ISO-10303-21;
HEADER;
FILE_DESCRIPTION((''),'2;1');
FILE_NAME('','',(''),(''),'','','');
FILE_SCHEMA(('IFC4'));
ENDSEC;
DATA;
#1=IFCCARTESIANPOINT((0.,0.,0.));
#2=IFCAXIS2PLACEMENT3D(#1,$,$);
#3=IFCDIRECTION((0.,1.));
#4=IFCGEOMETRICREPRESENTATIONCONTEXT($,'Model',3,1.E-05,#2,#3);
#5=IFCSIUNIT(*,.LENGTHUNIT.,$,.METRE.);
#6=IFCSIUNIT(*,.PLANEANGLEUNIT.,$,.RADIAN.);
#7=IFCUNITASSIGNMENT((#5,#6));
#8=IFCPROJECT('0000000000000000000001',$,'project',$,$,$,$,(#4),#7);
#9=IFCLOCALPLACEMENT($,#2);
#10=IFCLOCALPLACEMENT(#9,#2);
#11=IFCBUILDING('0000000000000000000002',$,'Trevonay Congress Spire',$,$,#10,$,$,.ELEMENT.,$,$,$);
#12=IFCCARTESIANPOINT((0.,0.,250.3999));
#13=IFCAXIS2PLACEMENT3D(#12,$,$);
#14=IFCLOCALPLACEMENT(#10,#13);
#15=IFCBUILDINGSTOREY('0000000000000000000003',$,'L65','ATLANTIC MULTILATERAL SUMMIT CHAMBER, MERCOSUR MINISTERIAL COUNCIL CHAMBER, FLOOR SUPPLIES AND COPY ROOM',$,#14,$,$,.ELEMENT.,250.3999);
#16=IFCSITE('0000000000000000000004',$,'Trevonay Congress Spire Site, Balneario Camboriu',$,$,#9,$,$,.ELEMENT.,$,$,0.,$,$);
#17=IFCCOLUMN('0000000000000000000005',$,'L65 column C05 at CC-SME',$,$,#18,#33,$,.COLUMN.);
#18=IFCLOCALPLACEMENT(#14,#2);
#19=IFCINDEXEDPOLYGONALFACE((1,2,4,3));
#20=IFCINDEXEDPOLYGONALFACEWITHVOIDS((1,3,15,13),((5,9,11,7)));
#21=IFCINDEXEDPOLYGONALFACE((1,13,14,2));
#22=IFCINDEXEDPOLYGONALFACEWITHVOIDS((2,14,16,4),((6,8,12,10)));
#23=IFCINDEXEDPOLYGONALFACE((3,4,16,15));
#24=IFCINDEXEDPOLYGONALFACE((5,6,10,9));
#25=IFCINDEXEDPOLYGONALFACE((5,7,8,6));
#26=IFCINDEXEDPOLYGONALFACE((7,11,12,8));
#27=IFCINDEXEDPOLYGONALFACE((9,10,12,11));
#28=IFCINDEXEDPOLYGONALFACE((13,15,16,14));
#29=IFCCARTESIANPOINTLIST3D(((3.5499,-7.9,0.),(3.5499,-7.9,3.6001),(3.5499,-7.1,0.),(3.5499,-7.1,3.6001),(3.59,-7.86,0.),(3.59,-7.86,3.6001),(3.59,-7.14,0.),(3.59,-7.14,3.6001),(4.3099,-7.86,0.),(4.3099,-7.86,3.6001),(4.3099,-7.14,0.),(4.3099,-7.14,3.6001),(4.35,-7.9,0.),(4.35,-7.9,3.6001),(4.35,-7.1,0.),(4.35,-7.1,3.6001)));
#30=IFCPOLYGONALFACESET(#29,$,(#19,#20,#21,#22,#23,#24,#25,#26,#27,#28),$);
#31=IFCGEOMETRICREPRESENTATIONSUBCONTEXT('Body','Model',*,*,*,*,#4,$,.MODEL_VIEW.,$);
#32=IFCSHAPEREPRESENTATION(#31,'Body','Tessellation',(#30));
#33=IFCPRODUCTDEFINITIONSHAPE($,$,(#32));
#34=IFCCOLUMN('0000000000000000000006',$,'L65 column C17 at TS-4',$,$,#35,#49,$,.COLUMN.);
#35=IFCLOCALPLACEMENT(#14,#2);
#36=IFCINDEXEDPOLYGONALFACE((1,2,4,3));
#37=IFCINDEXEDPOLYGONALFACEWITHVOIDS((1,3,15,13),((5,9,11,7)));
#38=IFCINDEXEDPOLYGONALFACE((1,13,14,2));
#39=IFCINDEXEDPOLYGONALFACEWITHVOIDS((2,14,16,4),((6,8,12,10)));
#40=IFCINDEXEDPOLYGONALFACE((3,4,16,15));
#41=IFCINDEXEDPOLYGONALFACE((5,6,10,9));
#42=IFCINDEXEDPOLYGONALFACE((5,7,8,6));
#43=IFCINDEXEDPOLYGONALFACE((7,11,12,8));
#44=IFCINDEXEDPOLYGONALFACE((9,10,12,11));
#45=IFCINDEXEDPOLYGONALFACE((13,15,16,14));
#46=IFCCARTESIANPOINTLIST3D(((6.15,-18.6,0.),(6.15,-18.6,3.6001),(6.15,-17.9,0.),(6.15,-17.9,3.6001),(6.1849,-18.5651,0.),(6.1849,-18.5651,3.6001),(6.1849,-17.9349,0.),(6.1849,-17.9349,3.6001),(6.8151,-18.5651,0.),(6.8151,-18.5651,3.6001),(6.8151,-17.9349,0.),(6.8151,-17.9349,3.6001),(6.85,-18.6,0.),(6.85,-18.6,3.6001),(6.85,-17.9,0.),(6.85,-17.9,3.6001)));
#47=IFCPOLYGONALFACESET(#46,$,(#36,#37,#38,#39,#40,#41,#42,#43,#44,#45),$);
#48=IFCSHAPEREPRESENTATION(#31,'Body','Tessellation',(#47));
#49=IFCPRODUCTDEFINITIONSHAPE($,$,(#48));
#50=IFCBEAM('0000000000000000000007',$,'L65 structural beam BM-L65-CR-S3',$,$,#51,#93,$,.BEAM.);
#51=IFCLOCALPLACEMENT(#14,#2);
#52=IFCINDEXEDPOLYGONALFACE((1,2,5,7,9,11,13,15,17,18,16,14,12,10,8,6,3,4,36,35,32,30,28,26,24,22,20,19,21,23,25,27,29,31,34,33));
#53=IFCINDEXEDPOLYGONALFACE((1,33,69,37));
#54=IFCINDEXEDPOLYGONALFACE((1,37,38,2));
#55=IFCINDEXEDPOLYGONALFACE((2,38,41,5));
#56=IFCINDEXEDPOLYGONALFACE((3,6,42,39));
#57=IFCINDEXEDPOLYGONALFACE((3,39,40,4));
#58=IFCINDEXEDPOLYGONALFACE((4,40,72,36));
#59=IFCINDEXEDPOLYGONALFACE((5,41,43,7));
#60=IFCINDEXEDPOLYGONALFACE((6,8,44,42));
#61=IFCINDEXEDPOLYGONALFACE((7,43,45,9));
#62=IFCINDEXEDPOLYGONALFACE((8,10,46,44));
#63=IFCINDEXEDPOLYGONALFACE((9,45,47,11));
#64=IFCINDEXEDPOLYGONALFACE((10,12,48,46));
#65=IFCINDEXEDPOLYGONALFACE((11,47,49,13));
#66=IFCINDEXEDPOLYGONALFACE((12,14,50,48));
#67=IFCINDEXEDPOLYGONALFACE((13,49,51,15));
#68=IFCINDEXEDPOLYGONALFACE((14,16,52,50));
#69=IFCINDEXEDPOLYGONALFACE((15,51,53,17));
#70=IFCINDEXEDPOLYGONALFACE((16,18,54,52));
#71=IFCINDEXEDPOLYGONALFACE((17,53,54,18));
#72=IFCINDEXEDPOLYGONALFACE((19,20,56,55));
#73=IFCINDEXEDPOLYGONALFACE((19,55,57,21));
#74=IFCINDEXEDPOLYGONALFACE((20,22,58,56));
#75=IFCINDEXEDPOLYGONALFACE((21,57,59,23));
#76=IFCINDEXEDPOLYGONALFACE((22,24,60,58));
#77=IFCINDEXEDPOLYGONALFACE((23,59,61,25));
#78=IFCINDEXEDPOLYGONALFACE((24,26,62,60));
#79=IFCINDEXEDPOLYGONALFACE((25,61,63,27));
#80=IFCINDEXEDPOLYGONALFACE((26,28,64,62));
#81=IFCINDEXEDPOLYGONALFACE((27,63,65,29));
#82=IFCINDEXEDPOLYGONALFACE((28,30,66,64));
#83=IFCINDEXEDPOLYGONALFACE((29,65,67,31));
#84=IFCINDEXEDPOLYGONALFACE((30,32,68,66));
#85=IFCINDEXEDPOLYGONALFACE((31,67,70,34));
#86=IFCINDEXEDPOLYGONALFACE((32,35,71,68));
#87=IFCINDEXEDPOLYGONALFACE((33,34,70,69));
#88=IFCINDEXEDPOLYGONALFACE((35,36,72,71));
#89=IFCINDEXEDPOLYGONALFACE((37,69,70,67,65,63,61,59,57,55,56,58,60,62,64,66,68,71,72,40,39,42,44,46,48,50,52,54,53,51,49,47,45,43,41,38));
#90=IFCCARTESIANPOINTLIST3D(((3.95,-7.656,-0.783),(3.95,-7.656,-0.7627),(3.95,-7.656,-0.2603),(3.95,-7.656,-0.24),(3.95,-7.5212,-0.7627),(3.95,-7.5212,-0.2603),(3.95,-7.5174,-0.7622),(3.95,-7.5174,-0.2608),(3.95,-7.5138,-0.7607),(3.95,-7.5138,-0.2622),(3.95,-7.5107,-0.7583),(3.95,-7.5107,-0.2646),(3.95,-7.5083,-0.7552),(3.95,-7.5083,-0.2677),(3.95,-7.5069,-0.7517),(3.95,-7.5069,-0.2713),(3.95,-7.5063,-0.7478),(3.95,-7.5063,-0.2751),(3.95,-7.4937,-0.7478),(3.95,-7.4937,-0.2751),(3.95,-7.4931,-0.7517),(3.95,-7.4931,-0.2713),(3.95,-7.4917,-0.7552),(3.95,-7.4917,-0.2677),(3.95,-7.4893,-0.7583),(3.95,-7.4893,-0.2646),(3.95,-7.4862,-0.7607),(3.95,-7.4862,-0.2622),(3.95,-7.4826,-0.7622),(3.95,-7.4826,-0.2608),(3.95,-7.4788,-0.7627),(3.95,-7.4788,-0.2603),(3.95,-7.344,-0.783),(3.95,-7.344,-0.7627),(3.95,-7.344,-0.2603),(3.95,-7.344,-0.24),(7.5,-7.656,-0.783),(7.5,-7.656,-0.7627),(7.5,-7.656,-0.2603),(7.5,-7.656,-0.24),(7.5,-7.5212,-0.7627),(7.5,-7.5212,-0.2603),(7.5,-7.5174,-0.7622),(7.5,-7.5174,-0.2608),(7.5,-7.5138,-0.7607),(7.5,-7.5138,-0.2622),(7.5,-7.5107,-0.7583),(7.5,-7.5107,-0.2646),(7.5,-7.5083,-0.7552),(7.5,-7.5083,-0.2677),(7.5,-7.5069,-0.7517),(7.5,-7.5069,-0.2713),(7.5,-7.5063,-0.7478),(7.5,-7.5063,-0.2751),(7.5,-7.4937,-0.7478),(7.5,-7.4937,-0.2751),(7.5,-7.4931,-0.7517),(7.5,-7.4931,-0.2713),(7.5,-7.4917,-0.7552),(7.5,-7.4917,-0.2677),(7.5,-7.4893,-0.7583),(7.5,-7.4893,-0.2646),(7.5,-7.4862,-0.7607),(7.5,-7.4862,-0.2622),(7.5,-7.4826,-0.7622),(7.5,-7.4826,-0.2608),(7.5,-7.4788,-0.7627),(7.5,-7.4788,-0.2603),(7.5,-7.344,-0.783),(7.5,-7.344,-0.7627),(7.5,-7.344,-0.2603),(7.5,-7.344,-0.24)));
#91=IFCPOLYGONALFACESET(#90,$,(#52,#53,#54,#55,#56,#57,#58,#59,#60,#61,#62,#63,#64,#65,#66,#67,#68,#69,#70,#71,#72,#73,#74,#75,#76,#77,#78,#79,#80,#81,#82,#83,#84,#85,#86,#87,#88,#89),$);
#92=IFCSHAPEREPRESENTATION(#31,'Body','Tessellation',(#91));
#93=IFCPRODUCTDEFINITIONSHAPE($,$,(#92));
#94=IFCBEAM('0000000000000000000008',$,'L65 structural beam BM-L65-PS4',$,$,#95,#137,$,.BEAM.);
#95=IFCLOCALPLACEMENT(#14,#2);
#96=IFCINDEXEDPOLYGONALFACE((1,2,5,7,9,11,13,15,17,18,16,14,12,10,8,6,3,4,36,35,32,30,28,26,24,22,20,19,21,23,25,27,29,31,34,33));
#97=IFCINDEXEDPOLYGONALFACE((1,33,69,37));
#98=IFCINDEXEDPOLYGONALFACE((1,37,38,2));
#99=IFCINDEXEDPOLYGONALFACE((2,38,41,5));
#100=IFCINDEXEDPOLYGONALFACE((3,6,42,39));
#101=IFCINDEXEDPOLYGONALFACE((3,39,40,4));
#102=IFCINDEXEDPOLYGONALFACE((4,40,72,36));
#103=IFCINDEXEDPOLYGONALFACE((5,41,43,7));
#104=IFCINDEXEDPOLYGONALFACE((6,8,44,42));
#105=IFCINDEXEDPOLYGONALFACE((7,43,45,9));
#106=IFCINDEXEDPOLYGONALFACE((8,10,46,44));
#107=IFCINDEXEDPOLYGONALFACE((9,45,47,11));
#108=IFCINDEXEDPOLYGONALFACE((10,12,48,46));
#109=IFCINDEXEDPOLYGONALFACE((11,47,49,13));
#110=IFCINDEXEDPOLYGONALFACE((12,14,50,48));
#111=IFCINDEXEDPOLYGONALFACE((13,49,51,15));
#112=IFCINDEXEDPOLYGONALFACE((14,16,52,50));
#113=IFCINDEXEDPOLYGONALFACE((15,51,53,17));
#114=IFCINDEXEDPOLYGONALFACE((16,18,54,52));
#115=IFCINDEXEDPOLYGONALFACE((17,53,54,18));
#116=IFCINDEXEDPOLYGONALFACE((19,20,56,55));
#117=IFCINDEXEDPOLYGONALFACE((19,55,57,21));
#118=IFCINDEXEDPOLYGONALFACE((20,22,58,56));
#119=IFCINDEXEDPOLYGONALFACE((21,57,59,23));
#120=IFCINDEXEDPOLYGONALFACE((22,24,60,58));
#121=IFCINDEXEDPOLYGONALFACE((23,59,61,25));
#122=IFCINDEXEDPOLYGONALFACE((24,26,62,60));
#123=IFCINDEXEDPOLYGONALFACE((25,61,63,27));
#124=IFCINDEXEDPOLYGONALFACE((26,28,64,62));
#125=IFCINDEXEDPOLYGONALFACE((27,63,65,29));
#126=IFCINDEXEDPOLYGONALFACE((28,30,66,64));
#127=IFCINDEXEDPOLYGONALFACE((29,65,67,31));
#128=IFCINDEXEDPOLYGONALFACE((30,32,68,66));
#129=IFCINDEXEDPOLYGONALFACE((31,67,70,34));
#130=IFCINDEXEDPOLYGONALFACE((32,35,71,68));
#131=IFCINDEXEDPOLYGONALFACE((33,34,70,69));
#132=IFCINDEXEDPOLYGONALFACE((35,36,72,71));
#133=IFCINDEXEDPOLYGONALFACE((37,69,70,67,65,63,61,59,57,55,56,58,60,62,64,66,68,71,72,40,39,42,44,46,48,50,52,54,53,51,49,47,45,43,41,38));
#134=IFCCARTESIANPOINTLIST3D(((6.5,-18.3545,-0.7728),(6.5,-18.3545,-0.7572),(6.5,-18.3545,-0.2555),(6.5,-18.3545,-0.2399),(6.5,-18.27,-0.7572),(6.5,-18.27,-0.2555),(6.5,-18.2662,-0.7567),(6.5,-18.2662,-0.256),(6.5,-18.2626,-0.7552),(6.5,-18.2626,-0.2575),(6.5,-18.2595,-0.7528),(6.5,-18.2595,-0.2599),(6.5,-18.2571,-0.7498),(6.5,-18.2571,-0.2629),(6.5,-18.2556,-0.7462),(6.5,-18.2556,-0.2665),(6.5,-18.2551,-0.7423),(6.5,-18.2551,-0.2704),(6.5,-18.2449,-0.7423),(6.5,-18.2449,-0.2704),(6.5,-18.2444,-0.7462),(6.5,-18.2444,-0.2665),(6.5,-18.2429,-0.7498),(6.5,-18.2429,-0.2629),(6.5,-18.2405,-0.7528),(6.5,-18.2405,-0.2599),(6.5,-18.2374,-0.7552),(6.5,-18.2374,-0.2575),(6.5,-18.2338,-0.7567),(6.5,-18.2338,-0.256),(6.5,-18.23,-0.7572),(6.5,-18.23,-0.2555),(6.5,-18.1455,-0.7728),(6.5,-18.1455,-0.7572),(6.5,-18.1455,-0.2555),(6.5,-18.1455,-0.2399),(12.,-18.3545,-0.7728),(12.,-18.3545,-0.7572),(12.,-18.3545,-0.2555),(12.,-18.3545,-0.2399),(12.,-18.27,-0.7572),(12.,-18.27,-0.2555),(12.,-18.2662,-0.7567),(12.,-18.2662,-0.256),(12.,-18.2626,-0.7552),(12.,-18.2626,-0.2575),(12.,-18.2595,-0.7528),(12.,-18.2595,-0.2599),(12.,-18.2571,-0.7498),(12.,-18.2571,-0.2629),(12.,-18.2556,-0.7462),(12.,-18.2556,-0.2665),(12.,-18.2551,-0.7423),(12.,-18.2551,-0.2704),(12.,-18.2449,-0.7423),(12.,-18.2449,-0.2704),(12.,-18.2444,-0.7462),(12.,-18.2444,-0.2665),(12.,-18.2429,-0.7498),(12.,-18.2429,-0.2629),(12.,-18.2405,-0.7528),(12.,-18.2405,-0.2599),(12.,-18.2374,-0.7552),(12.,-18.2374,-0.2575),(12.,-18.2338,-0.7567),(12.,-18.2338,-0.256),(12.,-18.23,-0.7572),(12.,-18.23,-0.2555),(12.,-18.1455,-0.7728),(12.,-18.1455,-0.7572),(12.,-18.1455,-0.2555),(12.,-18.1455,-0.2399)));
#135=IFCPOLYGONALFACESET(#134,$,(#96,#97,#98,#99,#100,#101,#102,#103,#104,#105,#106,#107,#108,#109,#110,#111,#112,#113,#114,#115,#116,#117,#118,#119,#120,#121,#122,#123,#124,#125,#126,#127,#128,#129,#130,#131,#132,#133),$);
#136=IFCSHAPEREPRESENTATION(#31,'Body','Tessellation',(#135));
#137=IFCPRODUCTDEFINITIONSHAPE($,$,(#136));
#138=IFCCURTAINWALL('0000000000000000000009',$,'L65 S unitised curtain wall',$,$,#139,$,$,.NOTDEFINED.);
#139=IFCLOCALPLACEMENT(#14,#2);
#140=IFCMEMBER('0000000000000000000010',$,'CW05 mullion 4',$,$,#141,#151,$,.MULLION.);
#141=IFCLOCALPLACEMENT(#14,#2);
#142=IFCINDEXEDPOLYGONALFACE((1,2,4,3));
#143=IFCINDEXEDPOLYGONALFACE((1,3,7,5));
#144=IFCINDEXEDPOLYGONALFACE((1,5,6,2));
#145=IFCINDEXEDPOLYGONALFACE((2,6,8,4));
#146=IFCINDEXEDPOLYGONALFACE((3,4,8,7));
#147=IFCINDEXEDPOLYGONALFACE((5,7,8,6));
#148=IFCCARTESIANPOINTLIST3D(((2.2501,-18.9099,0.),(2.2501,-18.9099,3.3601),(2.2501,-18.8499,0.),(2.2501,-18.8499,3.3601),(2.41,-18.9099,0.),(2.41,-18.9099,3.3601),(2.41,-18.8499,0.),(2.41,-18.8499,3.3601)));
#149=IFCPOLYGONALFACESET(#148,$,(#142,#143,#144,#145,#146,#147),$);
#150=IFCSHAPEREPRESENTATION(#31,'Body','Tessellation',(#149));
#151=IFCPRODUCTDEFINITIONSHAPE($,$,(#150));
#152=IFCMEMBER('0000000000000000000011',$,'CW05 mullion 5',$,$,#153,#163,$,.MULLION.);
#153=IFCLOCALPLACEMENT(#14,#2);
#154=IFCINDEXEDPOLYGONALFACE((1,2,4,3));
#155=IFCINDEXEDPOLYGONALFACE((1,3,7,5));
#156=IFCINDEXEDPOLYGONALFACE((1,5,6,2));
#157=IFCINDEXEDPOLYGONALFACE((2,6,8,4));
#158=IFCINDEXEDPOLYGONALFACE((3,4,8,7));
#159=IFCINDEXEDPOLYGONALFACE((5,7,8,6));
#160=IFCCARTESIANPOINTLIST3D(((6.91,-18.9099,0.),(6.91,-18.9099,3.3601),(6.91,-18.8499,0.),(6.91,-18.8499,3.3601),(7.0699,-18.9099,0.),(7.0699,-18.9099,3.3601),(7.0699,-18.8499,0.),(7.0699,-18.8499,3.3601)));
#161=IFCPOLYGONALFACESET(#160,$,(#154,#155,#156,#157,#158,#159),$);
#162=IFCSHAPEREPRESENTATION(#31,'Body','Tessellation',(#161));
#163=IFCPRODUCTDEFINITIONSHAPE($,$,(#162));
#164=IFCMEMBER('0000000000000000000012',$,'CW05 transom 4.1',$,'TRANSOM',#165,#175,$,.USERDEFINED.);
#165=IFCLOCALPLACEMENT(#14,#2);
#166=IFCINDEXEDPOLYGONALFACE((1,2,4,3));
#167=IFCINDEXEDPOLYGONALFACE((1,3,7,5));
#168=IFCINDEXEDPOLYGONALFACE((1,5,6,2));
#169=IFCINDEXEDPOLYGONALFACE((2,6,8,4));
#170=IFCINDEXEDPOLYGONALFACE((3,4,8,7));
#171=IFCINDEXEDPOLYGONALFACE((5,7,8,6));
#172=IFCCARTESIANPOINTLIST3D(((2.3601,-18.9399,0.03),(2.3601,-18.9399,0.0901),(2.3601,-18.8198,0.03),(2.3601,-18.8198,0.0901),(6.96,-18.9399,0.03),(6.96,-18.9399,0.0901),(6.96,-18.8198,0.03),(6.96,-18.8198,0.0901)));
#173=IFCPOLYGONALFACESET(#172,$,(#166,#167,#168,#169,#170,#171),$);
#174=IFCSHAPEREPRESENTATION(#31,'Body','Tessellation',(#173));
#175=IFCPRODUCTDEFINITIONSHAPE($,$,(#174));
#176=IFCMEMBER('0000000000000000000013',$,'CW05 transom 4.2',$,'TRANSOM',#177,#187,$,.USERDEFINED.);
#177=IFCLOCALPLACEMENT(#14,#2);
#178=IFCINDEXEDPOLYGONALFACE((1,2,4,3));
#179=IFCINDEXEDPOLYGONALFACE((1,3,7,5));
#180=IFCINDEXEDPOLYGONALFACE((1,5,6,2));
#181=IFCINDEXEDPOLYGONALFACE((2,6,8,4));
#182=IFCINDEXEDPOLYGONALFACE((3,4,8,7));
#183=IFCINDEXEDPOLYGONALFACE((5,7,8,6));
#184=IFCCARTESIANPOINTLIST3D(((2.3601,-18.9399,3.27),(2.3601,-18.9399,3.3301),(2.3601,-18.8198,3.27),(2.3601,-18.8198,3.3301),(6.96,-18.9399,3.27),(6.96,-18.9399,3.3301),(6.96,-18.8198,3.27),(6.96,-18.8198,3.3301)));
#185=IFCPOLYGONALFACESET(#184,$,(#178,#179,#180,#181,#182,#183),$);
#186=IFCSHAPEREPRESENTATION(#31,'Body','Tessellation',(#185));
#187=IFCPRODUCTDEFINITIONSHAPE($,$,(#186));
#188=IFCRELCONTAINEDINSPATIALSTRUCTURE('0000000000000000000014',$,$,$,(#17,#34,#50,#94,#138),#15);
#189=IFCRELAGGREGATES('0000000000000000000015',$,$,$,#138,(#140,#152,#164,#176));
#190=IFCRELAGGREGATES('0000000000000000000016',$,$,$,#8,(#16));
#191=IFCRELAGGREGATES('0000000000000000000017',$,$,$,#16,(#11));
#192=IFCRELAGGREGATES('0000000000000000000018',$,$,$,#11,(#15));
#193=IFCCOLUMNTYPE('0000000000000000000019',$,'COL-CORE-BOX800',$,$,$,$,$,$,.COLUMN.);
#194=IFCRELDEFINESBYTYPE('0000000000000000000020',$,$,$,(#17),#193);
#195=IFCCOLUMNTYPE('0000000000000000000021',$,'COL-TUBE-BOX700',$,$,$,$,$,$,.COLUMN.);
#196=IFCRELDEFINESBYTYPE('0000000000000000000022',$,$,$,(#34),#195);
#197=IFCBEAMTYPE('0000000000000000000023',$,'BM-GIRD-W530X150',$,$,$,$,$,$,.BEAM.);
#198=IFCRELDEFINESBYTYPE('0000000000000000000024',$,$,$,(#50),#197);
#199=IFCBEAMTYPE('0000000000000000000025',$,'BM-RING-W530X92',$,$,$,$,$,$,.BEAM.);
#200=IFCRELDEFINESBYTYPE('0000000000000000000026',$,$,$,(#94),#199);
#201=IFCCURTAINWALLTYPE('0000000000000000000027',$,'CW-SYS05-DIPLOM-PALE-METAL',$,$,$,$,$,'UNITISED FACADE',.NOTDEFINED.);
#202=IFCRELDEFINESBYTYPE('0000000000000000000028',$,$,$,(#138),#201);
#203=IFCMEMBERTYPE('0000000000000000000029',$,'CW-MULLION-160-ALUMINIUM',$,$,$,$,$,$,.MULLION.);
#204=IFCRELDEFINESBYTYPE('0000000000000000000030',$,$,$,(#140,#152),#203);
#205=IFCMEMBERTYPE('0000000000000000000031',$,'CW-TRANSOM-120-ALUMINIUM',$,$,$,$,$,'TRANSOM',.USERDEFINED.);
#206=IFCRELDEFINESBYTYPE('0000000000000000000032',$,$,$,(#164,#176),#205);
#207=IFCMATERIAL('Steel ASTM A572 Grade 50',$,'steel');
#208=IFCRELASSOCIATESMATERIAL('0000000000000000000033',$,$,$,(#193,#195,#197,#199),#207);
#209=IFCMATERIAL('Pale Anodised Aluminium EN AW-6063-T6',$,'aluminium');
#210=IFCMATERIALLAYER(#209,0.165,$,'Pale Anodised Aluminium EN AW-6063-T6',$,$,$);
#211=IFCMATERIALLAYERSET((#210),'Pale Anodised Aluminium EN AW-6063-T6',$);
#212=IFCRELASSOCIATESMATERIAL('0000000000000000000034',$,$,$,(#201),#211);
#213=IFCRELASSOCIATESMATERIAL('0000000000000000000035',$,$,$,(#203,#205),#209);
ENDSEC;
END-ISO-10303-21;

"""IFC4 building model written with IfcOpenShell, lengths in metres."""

from ifc_helpers import new_model, si_unit, direction, frame, origin, origin_2d, place, context, subcontext, project, spatial, rectangle, hollow_rectangle, i_section, extrude, material, layer, layer_set, material_profile, profile_set, type_object, element, aggregate, save


model = new_model("IFC4")

# Units and contexts
model_context = context("Model", 3, precision=1e-05, world=origin(), true_north=direction((0.0, 1.0)))
body_context = subcontext(model_context, "Body", "Model", "MODEL_VIEW")
ifc_project = project(units=[si_unit("LENGTHUNIT", "METRE"), si_unit("PLANEANGLEUNIT", "RADIAN")], contexts=[model_context])

# Site, building, storey
site_placement = place(None, origin())
site = spatial("IfcSite", under=ifc_project, at=site_placement, Name="Trevonay Congress Spire Site, Balneario Camboriu", CompositionType="ELEMENT", RefElevation=0.0)
building_placement = place(site_placement, origin())
building = spatial("IfcBuilding", under=site, at=building_placement, Name="Trevonay Congress Spire", CompositionType="ELEMENT")
storey_placement = place(building_placement, frame((0.0, 0.0, 250.3999)))
storey = spatial("IfcBuildingStorey", under=building, at=storey_placement, Name="L65", Description="ATLANTIC MULTILATERAL SUMMIT CHAMBER, MERCOSUR MINISTERIAL COUNCIL CHAMBER, FLOOR SUPPLIES AND COPY ROOM", CompositionType="ELEMENT", Elevation=250.3999)

# Columns
ifc_material_1 = material(Name="Steel ASTM A572 Grade 50", Category="steel")
ifc_material_profile_1 = material_profile(ifc_material_1, hollow_rectangle(XDim=0.8, YDim=0.8, WallThickness=0.04, at=origin_2d()), Name="BOX 800x800x40")
ifc_profile_set_1 = profile_set([ifc_material_profile_1], Name="Steel ASTM A572 Grade 50")
column_type_1 = type_object("IfcColumnType", Name="COL-CORE-BOX800", PredefinedType="COLUMN", material=ifc_profile_set_1)
column_1_placement = place(storey_placement, frame((3.95, -7.5, 0.0), z_axis=(0.0, 0.0, 1.0), x_axis=(1.0, 0.0, 0.0)))
element("IfcColumn", 1, at=column_1_placement, inside=storey, type_object=column_type_1, Name="L65 column C05 at CC-SME", PredefinedType="COLUMN", context=body_context, shape_type="SweptSolid", body=[
    extrude(hollow_rectangle(XDim=0.8, YDim=0.8, WallThickness=0.04, at=origin_2d()), origin(), (0.0, 0.0, 1.0), 3.6001),
])
ifc_material_profile_2 = material_profile(ifc_material_1, hollow_rectangle(XDim=0.7, YDim=0.7, WallThickness=0.0349, at=origin_2d()), Name="BOX 700x700x35")
ifc_profile_set_2 = profile_set([ifc_material_profile_2], Name="Steel ASTM A572 Grade 50")
column_type_2 = type_object("IfcColumnType", Name="COL-TUBE-BOX700", PredefinedType="COLUMN", material=ifc_profile_set_2)
column_2_placement = place(storey_placement, frame((6.5, -18.25, 0.0), z_axis=(0.0, 0.0, 1.0), x_axis=(1.0, 0.0, 0.0)))
element("IfcColumn", 2, at=column_2_placement, inside=storey, type_object=column_type_2, Name="L65 column C17 at TS-4", PredefinedType="COLUMN", context=body_context, shape_type="SweptSolid", body=[
    extrude(hollow_rectangle(XDim=0.7, YDim=0.7, WallThickness=0.0349, at=origin_2d()), origin(), (0.0, 0.0, 1.0), 3.6001),
])

# Beams
ifc_material_profile_3 = material_profile(ifc_material_1, i_section(OverallWidth=0.312, OverallDepth=0.543, WebThickness=0.0127, FlangeThickness=0.0203, FilletRadius=0.0149, at=origin_2d()), Name="W530x150")
ifc_profile_set_3 = profile_set([ifc_material_profile_3], Name="Steel ASTM A572 Grade 50")
beam_type_1 = type_object("IfcBeamType", Name="BM-GIRD-W530X150", PredefinedType="BEAM", material=ifc_profile_set_3)
beam_1_placement = place(storey_placement, frame((3.95, -7.5, -0.5115), z_axis=(1.0, 0.0, 0.0), x_axis=(0.0, 1.0, 0.0)))
element("IfcBeam", 3, at=beam_1_placement, inside=storey, type_object=beam_type_1, Name="L65 structural beam BM-L65-CR-S3", PredefinedType="BEAM", context=body_context, shape_type="SweptSolid", body=[
    extrude(i_section(OverallWidth=0.312, OverallDepth=0.543, WebThickness=0.0127, FlangeThickness=0.0203, FilletRadius=0.0149, at=origin_2d()), origin(), (0.0, 0.0, 1.0), 3.55),
])
ifc_material_profile_4 = material_profile(ifc_material_1, i_section(OverallWidth=0.209, OverallDepth=0.533, WebThickness=0.0103, FlangeThickness=0.0156, FilletRadius=0.0149, at=origin_2d()), Name="W530x92")
ifc_profile_set_4 = profile_set([ifc_material_profile_4], Name="Steel ASTM A572 Grade 50")
beam_type_2 = type_object("IfcBeamType", Name="BM-RING-W530X92", PredefinedType="BEAM", material=ifc_profile_set_4)
beam_2_placement = place(storey_placement, frame((6.5, -18.25, -0.5063), z_axis=(1.0, 0.0, 0.0), x_axis=(0.0, 1.0, 0.0)))
element("IfcBeam", 4, at=beam_2_placement, inside=storey, type_object=beam_type_2, Name="L65 structural beam BM-L65-PS4", PredefinedType="BEAM", context=body_context, shape_type="SweptSolid", body=[
    extrude(i_section(OverallWidth=0.209, OverallDepth=0.533, WebThickness=0.0103, FlangeThickness=0.0156, FilletRadius=0.0149, at=origin_2d()), origin(), (0.0, 0.0, 1.0), 5.5),
])

# Curtain wall, members
ifc_material_2 = material(Name="Pale Anodised Aluminium EN AW-6063-T6", Category="aluminium")
ifc_layer_1 = layer(ifc_material_2, 0.165, Name="Pale Anodised Aluminium EN AW-6063-T6")
ifc_layer_set_1 = layer_set([ifc_layer_1], Name="Pale Anodised Aluminium EN AW-6063-T6")
curtain_wall_type = type_object("IfcCurtainWallType", Name="CW-SYS05-DIPLOM-PALE-METAL", ElementType="UNITISED FACADE", PredefinedType="NOTDEFINED", material=ifc_layer_set_1)
curtain_wall_placement = place(storey_placement, origin())
curtain_wall = element("IfcCurtainWall", 5, at=curtain_wall_placement, inside=storey, type_object=curtain_wall_type, Name="L65 S unitised curtain wall", PredefinedType="NOTDEFINED")
ifc_material_profile_5 = material_profile(ifc_material_2, rectangle(XDim=0.0601, YDim=0.1599, at=origin_2d()), Name="CW-MULLION-160-ALUMINIUM")
ifc_profile_set_5 = profile_set([ifc_material_profile_5], Name="Pale Anodised Aluminium EN AW-6063-T6")
member_type_1 = type_object("IfcMemberType", Name="CW-MULLION-160-ALUMINIUM", PredefinedType="MULLION", material=ifc_profile_set_5)
member_1_placement = place(storey_placement, frame((2.3301, -18.8799, 0.0), z_axis=(0.0, 0.0, 1.0), x_axis=(0.0, 1.0, 0.0)))
member_1 = element("IfcMember", 6, at=member_1_placement, type_object=member_type_1, Name="CW05 mullion 4", PredefinedType="MULLION", context=body_context, shape_type="SweptSolid", body=[
    extrude(rectangle(XDim=0.0601, YDim=0.1599, at=origin_2d()), origin(), (0.0, 0.0, 1.0), 3.3601),
])
member_2_placement = place(storey_placement, frame((6.99, -18.8799, 0.0), z_axis=(0.0, 0.0, 1.0), x_axis=(0.0, 1.0, 0.0)))
member_2 = element("IfcMember", 7, at=member_2_placement, type_object=member_type_1, Name="CW05 mullion 5", PredefinedType="MULLION", context=body_context, shape_type="SweptSolid", body=[
    extrude(rectangle(XDim=0.0601, YDim=0.1599, at=origin_2d()), origin(), (0.0, 0.0, 1.0), 3.3601),
])
ifc_material_profile_6 = material_profile(ifc_material_2, rectangle(XDim=0.1201, YDim=0.0601, at=origin_2d()), Name="CW-TRANSOM-120-ALUMINIUM")
ifc_profile_set_6 = profile_set([ifc_material_profile_6], Name="Pale Anodised Aluminium EN AW-6063-T6")
member_type_2 = type_object("IfcMemberType", Name="CW-TRANSOM-120-ALUMINIUM", ElementType="TRANSOM", PredefinedType="USERDEFINED", material=ifc_profile_set_6)
member_3_placement = place(storey_placement, frame((2.3601, -18.8799, 0.0601), z_axis=(1.0, 0.0, 0.0), x_axis=(0.0, 1.0, 0.0)))
member_3 = element("IfcMember", 8, at=member_3_placement, type_object=member_type_2, Name="CW05 transom 4.1", ObjectType="TRANSOM", PredefinedType="USERDEFINED", context=body_context, shape_type="SweptSolid", body=[
    extrude(rectangle(XDim=0.1201, YDim=0.0601, at=origin_2d()), origin(), (0.0, 0.0, 1.0), 4.5999),
])
member_4_placement = place(storey_placement, frame((2.3601, -18.8799, 3.3), z_axis=(1.0, 0.0, 0.0), x_axis=(0.0, 1.0, 0.0)))
member_4 = element("IfcMember", 9, at=member_4_placement, type_object=member_type_2, Name="CW05 transom 4.2", ObjectType="TRANSOM", PredefinedType="USERDEFINED", context=body_context, shape_type="SweptSolid", body=[
    extrude(rectangle(XDim=0.1201, YDim=0.0601, at=origin_2d()), origin(), (0.0, 0.0, 1.0), 4.5999),
])

aggregate(curtain_wall, [member_1, member_2, member_3, member_4])

save(model, "model.ifc")
